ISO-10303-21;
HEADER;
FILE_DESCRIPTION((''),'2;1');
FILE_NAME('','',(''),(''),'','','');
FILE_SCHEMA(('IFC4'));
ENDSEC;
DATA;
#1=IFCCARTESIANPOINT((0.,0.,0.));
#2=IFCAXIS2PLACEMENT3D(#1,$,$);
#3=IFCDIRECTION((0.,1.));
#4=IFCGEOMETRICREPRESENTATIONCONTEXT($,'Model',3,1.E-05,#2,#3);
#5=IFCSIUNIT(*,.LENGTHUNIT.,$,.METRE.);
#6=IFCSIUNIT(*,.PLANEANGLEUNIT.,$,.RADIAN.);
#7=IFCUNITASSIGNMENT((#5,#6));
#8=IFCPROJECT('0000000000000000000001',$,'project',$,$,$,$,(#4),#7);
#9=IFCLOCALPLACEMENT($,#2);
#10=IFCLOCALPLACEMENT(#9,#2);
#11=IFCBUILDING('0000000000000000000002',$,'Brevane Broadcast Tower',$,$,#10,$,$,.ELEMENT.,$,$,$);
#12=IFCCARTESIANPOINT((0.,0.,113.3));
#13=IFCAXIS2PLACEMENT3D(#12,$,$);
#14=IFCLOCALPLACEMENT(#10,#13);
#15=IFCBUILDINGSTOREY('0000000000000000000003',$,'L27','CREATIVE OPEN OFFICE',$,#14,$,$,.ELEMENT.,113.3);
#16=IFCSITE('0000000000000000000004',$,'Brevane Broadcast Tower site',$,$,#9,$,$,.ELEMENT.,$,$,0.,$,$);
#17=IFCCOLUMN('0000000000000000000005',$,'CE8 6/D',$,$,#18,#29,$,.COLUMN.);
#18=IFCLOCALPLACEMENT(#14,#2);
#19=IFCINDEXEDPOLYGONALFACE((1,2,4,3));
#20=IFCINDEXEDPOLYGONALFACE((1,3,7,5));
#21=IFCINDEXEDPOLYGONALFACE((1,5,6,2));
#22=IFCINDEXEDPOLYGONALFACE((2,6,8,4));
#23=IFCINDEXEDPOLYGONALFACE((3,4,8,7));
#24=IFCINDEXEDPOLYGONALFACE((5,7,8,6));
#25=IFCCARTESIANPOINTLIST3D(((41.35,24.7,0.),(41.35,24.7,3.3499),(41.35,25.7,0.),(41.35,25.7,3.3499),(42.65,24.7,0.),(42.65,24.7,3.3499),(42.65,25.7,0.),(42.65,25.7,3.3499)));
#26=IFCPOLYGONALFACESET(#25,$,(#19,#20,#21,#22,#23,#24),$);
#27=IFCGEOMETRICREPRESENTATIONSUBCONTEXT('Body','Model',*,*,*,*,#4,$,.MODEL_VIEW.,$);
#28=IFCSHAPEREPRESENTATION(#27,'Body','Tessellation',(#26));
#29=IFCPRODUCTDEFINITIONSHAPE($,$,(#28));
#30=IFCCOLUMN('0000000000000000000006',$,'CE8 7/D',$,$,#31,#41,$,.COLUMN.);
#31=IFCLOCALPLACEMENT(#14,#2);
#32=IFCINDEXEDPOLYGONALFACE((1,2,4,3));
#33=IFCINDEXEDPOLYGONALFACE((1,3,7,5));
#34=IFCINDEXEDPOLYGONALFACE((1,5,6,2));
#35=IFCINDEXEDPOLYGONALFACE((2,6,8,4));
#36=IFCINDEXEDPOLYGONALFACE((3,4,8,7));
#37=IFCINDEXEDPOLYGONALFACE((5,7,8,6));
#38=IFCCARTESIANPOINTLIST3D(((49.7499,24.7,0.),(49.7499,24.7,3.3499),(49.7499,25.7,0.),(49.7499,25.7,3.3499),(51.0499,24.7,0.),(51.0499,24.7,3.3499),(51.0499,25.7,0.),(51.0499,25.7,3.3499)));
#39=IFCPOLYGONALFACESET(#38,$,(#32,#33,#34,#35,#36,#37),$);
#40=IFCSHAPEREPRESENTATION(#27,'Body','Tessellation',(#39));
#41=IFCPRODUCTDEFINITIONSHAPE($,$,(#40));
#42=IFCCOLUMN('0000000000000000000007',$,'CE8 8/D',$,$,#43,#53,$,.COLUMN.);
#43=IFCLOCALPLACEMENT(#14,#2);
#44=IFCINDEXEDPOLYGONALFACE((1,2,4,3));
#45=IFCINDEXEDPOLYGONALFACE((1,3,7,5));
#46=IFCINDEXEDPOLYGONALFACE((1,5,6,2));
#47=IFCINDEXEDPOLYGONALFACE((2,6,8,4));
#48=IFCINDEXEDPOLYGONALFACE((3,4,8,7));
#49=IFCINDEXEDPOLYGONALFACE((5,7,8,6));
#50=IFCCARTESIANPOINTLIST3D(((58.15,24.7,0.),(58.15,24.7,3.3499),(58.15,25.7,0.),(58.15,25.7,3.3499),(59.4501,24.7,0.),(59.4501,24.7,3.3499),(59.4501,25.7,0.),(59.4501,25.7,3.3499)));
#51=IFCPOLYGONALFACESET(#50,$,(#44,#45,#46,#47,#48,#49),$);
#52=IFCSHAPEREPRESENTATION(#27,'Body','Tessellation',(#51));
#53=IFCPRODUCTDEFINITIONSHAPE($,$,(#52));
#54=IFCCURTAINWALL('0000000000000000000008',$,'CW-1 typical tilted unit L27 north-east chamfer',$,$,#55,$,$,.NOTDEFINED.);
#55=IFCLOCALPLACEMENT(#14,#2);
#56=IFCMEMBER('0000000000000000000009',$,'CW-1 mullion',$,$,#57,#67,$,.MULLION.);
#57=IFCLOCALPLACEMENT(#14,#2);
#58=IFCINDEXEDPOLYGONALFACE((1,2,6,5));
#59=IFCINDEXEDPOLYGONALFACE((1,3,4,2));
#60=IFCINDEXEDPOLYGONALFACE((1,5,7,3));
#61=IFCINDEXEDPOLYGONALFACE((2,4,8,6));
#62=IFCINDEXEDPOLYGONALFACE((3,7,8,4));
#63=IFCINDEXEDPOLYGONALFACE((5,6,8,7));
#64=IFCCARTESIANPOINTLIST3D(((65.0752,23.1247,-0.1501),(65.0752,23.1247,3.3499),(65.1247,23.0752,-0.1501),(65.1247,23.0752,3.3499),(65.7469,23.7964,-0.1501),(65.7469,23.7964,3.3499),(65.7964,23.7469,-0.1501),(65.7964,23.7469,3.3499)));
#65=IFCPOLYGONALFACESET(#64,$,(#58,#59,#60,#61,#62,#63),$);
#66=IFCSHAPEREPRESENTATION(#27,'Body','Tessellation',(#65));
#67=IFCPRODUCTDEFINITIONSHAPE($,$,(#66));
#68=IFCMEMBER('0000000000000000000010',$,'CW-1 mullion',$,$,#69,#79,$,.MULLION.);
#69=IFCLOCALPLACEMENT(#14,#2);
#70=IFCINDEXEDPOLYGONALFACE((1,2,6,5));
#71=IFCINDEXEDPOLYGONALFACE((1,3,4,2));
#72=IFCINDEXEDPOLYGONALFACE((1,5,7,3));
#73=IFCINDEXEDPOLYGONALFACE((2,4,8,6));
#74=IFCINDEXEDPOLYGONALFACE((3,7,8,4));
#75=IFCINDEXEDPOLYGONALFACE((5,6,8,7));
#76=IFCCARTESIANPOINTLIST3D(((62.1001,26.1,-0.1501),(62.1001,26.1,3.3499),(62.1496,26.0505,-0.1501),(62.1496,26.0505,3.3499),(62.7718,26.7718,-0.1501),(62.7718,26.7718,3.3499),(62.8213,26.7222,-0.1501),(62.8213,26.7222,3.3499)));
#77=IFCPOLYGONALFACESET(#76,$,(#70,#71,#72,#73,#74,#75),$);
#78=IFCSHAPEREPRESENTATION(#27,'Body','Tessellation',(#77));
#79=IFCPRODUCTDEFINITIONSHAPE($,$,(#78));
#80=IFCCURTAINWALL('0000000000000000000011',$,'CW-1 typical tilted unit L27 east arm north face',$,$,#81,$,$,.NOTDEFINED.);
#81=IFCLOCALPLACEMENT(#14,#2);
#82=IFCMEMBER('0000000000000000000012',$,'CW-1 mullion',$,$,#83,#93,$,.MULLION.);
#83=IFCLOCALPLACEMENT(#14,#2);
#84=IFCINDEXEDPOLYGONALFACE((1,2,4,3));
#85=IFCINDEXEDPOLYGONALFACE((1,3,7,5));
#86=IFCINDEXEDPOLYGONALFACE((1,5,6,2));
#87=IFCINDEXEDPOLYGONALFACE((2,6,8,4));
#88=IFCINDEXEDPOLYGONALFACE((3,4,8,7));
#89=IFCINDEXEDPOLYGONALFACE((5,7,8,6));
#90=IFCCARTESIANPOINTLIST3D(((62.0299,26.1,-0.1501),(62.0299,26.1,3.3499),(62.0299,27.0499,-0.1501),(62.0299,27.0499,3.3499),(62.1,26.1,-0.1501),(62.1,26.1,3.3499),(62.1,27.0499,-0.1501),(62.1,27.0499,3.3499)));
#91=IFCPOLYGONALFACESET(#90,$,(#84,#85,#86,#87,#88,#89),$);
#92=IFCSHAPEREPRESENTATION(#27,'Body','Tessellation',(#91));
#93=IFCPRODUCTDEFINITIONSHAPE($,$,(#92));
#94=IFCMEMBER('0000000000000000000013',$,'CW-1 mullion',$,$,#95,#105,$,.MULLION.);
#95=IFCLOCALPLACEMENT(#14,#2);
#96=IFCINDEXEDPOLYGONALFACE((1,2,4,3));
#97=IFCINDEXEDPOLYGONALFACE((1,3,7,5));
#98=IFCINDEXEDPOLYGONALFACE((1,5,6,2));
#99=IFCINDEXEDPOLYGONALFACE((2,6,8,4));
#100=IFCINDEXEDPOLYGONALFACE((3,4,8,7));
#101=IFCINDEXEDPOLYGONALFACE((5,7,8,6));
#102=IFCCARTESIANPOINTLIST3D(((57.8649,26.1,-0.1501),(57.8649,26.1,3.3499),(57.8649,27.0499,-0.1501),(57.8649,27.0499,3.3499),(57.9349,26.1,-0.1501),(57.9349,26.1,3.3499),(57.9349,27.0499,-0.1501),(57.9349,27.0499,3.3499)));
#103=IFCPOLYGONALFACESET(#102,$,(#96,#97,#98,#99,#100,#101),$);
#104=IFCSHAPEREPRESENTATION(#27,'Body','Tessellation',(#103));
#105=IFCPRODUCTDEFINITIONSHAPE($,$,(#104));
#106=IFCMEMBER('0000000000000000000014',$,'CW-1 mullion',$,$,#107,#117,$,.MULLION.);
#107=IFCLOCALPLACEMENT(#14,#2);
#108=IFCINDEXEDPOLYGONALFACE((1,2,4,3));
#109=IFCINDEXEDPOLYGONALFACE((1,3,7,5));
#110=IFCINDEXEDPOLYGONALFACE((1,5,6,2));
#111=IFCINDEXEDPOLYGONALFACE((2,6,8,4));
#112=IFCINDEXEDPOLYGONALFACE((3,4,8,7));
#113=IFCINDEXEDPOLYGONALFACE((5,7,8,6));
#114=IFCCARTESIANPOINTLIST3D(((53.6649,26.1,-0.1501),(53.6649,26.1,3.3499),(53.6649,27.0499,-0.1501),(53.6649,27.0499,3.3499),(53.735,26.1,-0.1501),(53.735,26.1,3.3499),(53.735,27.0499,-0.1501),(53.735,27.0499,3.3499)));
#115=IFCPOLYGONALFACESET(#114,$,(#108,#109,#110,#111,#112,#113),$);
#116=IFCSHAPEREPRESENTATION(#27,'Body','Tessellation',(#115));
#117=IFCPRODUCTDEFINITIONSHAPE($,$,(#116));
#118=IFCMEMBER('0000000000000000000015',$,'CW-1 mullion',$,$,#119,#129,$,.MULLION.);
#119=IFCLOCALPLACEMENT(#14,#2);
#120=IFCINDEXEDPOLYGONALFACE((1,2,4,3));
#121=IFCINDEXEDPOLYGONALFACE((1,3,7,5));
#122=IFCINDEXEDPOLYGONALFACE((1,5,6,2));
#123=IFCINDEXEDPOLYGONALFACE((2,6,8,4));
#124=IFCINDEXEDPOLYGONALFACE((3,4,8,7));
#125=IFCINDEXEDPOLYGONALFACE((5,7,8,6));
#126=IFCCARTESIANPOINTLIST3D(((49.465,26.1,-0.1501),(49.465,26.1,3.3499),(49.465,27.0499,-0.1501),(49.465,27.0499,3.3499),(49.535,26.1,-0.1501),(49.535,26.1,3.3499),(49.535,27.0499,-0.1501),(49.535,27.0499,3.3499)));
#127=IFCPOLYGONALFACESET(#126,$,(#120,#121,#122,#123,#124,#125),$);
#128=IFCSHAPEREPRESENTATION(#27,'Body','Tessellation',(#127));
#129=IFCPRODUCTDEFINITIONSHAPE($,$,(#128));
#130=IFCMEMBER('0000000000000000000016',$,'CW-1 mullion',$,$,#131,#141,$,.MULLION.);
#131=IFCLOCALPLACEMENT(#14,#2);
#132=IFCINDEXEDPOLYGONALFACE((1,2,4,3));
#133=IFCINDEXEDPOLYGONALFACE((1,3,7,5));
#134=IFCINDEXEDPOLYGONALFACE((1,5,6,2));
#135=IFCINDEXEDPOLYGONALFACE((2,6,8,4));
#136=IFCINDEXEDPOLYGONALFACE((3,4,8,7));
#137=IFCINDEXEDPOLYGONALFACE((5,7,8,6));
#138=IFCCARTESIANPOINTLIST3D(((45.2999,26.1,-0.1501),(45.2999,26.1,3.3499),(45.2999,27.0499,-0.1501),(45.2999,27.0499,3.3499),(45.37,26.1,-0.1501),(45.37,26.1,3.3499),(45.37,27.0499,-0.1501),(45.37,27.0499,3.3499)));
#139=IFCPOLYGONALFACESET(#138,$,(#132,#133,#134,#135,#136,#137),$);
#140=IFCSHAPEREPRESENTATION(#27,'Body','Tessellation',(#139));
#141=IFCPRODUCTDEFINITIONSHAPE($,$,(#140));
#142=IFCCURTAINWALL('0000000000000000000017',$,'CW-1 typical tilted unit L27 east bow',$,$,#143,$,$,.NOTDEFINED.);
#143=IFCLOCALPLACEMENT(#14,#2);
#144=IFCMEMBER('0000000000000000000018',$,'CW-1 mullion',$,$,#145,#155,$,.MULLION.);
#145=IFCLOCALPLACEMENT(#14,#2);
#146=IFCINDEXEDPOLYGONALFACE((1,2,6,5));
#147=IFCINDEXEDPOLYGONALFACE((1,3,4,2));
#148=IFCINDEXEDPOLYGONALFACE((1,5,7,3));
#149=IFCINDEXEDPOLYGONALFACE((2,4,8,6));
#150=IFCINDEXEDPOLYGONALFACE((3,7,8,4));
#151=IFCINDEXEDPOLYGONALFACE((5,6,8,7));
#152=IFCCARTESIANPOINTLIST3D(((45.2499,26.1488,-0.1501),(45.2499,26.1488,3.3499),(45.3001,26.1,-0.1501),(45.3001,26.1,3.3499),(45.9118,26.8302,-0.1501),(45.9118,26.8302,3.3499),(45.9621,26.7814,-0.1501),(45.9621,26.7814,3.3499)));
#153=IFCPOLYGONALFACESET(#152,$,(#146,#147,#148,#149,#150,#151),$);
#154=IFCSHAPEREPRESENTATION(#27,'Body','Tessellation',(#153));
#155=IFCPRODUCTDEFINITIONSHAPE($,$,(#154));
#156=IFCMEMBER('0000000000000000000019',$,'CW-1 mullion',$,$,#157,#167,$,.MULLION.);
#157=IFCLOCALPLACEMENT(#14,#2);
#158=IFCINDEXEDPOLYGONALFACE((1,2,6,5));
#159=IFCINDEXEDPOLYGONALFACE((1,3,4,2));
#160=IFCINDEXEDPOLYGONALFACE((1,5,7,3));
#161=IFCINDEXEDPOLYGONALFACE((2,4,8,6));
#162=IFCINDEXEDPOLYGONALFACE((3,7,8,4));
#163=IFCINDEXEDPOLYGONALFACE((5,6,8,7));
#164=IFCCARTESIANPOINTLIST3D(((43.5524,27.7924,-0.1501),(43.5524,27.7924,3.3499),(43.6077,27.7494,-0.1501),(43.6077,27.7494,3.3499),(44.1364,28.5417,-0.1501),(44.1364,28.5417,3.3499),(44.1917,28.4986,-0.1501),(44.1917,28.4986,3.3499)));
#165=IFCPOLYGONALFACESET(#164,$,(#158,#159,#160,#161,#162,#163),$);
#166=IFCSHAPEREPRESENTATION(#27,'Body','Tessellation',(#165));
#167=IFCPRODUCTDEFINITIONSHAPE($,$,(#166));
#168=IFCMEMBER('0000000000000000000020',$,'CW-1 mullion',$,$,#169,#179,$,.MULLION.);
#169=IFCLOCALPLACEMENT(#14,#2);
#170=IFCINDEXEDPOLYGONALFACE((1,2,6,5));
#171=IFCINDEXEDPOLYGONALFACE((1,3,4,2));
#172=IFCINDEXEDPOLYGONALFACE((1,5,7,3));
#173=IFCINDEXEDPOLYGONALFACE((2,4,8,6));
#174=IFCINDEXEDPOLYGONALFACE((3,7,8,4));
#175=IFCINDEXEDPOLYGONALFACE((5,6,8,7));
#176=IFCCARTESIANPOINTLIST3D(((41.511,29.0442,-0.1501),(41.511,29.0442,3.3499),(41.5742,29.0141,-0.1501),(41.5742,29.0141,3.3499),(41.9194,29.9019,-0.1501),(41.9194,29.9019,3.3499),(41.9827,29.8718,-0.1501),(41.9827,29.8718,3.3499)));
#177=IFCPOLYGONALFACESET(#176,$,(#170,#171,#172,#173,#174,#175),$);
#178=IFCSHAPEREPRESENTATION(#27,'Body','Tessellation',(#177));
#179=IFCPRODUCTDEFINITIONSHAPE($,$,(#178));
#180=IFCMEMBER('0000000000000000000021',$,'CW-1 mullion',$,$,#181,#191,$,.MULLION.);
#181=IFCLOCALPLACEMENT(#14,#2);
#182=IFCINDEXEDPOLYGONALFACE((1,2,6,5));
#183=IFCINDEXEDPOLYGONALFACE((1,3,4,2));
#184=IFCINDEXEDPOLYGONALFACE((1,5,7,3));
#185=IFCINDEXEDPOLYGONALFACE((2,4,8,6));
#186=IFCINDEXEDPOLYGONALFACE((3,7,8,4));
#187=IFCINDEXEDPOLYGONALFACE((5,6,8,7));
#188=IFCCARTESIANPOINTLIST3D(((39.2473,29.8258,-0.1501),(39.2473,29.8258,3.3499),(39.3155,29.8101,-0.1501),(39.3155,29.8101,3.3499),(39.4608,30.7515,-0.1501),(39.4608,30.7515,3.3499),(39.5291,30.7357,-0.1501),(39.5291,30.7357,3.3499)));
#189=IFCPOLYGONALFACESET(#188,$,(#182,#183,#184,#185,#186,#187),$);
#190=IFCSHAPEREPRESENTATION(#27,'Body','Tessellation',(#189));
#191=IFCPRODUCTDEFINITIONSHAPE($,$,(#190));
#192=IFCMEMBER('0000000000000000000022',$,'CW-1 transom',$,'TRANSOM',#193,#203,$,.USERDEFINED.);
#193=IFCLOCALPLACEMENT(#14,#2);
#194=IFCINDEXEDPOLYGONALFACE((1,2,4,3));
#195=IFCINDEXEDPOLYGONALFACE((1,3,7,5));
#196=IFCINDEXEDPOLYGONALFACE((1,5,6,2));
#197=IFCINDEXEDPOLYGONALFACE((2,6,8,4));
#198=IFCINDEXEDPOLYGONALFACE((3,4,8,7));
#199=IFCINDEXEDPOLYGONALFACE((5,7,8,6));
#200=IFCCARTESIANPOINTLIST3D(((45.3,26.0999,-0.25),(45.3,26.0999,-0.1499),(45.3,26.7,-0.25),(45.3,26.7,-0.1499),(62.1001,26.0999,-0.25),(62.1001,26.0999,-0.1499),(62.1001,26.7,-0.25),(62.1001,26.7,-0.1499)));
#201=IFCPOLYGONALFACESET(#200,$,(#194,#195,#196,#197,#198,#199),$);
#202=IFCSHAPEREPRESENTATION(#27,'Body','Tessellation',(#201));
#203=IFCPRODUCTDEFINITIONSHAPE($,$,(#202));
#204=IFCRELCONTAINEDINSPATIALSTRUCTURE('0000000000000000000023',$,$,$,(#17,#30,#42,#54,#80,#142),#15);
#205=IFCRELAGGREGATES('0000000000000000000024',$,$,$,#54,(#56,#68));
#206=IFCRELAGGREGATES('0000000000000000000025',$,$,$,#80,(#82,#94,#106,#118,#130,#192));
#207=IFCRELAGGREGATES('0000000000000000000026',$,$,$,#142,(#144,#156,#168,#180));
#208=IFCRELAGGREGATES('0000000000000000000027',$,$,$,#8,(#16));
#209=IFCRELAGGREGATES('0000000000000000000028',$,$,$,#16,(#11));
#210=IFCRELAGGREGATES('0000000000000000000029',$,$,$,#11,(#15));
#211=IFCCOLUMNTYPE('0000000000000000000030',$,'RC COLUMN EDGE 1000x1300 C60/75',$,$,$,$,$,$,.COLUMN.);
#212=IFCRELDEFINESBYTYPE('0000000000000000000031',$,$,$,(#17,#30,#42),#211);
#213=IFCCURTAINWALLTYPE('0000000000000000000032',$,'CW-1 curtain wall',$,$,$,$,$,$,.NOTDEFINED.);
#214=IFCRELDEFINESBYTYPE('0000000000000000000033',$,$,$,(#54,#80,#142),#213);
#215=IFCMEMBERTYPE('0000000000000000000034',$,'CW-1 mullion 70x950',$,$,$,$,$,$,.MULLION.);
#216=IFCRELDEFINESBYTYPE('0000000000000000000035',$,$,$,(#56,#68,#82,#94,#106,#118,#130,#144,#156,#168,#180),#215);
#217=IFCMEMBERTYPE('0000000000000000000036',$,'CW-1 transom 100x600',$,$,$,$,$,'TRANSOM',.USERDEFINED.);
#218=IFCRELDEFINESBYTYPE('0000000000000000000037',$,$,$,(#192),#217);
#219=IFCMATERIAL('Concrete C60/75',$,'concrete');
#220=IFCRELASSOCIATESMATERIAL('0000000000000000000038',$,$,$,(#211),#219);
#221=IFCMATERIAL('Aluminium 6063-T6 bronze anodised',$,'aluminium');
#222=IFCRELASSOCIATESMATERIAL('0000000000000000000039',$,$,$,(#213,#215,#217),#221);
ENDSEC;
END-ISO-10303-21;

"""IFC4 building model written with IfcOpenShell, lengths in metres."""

from ifc_helpers import new_model, si_unit, direction, frame, origin, origin_2d, place, context, subcontext, project, spatial, rectangle, extrude, material, material_profile, profile_set, type_object, element, aggregate, save


model = new_model("IFC4")

# Units and contexts
model_context = context("Model", 3, precision=1e-05, world=origin(), true_north=direction((0.0, 1.0)))
body_context = subcontext(model_context, "Body", "Model", "MODEL_VIEW")
ifc_project = project(units=[si_unit("LENGTHUNIT", "METRE"), si_unit("PLANEANGLEUNIT", "RADIAN")], contexts=[model_context])

# Site, building, storey
site_placement = place(None, origin())
site = spatial("IfcSite", under=ifc_project, at=site_placement, Name="Brevane Broadcast Tower site", CompositionType="ELEMENT", RefElevation=0.0)
building_placement = place(site_placement, origin())
building = spatial("IfcBuilding", under=site, at=building_placement, Name="Brevane Broadcast Tower", CompositionType="ELEMENT")
storey_placement = place(building_placement, frame((0.0, 0.0, 113.3)))
storey = spatial("IfcBuildingStorey", under=building, at=storey_placement, Name="L27", Description="CREATIVE OPEN OFFICE", CompositionType="ELEMENT", Elevation=113.3)

# Columns
ifc_material_1 = material(Name="Concrete C60/75", Category="concrete")
ifc_material_profile_1 = material_profile(ifc_material_1, rectangle(XDim=1.0, YDim=1.3, at=origin_2d()), Name="RC 1000x1300")
ifc_profile_set_1 = profile_set([ifc_material_profile_1], Name="Concrete C60/75")
column_type = type_object("IfcColumnType", Name="RC COLUMN EDGE 1000x1300 C60/75", PredefinedType="COLUMN", material=ifc_profile_set_1)
for number, where, z_axis, x_axis, name in (
    (1, (42.0, 25.2, 0.0), (0.0, 0.0, 1.0), (0.0, 1.0, 0.0), "CE8 6/D"),
    (2, (50.3999, 25.2, 0.0), (0.0, 0.0, 1.0), (0.0, 1.0, 0.0), "CE8 7/D"),
    (3, (58.8, 25.2, 0.0), (0.0, 0.0, 1.0), (0.0, 1.0, 0.0), "CE8 8/D"),
):
    element("IfcColumn", number, at=place(storey_placement, frame(where, z_axis=z_axis, x_axis=x_axis)), inside=storey, type_object=column_type, Name=name, PredefinedType="COLUMN", context=body_context, shape_type="SweptSolid", body=[
        extrude(rectangle(XDim=1.0, YDim=1.3, at=origin_2d()), origin(), (0.0, 0.0, 1.0), 3.3499),
    ])

# Curtain walls, members
ifc_material_2 = material(Name="Aluminium 6063-T6 bronze anodised", Category="aluminium")
curtain_wall_type = type_object("IfcCurtainWallType", Name="CW-1 curtain wall", PredefinedType="NOTDEFINED", material=ifc_material_2)
curtain_wall_1_placement = place(storey_placement, origin())
curtain_wall_1 = element("IfcCurtainWall", 4, at=curtain_wall_1_placement, inside=storey, type_object=curtain_wall_type, Name="CW-1 typical tilted unit L27 north-east chamfer", PredefinedType="NOTDEFINED")
ifc_material_profile_2 = material_profile(ifc_material_2, rectangle(XDim=0.95, YDim=0.0701, at=origin_2d()), Name="RECT 70x950")
ifc_profile_set_2 = profile_set([ifc_material_profile_2], Name="Aluminium 6063-T6 bronze anodised")
member_type_1 = type_object("IfcMemberType", Name="CW-1 mullion 70x950", PredefinedType="MULLION", material=ifc_profile_set_2)
member_1_placement = place(storey_placement, frame((65.4358, 23.4358, -0.1501), z_axis=(0.0, 0.0, 1.0), x_axis=(-0.707107, -0.707107, 0.0)))
member_1 = element("IfcMember", 5, at=member_1_placement, type_object=member_type_1, Name="CW-1 mullion", PredefinedType="MULLION", context=body_context, shape_type="SweptSolid", body=[
    extrude(rectangle(XDim=0.95, YDim=0.0701, at=origin_2d()), origin(), (0.0, 0.0, 1.0), 3.5),
])
member_2_placement = place(storey_placement, frame((62.4607, 26.4111, -0.1501), z_axis=(0.0, 0.0, 1.0), x_axis=(-0.707107, -0.707107, 0.0)))
member_2 = element("IfcMember", 6, at=member_2_placement, type_object=member_type_1, Name="CW-1 mullion", PredefinedType="MULLION", context=body_context, shape_type="SweptSolid", body=[
    extrude(rectangle(XDim=0.95, YDim=0.0701, at=origin_2d()), origin(), (0.0, 0.0, 1.0), 3.5),
])
aggregate(curtain_wall_1, [member_1, member_2])
curtain_wall_2_placement = place(storey_placement, origin())
curtain_wall_2 = element("IfcCurtainWall", 7, at=curtain_wall_2_placement, inside=storey, type_object=curtain_wall_type, Name="CW-1 typical tilted unit L27 east arm north face", PredefinedType="NOTDEFINED")
member_3_placement = place(storey_placement, frame((62.0649, 26.575, -0.1501), z_axis=(0.0, 0.0, 1.0), x_axis=(0.0, -1.0, 0.0)))
member_3 = element("IfcMember", 8, at=member_3_placement, type_object=member_type_1, Name="CW-1 mullion", PredefinedType="MULLION", context=body_context, shape_type="SweptSolid", body=[
    extrude(rectangle(XDim=0.95, YDim=0.0701, at=origin_2d()), origin(), (0.0, 0.0, 1.0), 3.5),
])
member_4_placement = place(storey_placement, frame((57.8999, 26.575, -0.1501), z_axis=(0.0, 0.0, 1.0), x_axis=(0.0, -1.0, 0.0)))
member_4 = element("IfcMember", 9, at=member_4_placement, type_object=member_type_1, Name="CW-1 mullion", PredefinedType="MULLION", context=body_context, shape_type="SweptSolid", body=[
    extrude(rectangle(XDim=0.95, YDim=0.0701, at=origin_2d()), origin(), (0.0, 0.0, 1.0), 3.5),
])
member_5_placement = place(storey_placement, frame((53.7, 26.575, -0.1501), z_axis=(0.0, 0.0, 1.0), x_axis=(0.0, -1.0, 0.0)))
member_5 = element("IfcMember", 10, at=member_5_placement, type_object=member_type_1, Name="CW-1 mullion", PredefinedType="MULLION", context=body_context, shape_type="SweptSolid", body=[
    extrude(rectangle(XDim=0.95, YDim=0.0701, at=origin_2d()), origin(), (0.0, 0.0, 1.0), 3.5),
])
member_6_placement = place(storey_placement, frame((49.5, 26.575, -0.1501), z_axis=(0.0, 0.0, 1.0), x_axis=(0.0, -1.0, 0.0)))
member_6 = element("IfcMember", 11, at=member_6_placement, type_object=member_type_1, Name="CW-1 mullion", PredefinedType="MULLION", context=body_context, shape_type="SweptSolid", body=[
    extrude(rectangle(XDim=0.95, YDim=0.0701, at=origin_2d()), origin(), (0.0, 0.0, 1.0), 3.5),
])
member_7_placement = place(storey_placement, frame((45.335, 26.575, -0.1501), z_axis=(0.0, 0.0, 1.0), x_axis=(0.0, -1.0, 0.0)))
member_7 = element("IfcMember", 12, at=member_7_placement, type_object=member_type_1, Name="CW-1 mullion", PredefinedType="MULLION", context=body_context, shape_type="SweptSolid", body=[
    extrude(rectangle(XDim=0.95, YDim=0.0701, at=origin_2d()), origin(), (0.0, 0.0, 1.0), 3.5),
])
curtain_wall_3_placement = place(storey_placement, origin())
curtain_wall_3 = element("IfcCurtainWall", 13, at=curtain_wall_3_placement, inside=storey, type_object=curtain_wall_type, Name="CW-1 typical tilted unit L27 east bow", PredefinedType="NOTDEFINED")
member_8_placement = place(storey_placement, frame((45.606, 26.4651, -0.1501), z_axis=(0.0, 0.0, 1.0), x_axis=(-0.696812, -0.717254, 0.0)))
member_8 = element("IfcMember", 14, at=member_8_placement, type_object=member_type_1, Name="CW-1 mullion", PredefinedType="MULLION", context=body_context, shape_type="SweptSolid", body=[
    extrude(rectangle(XDim=0.95, YDim=0.0701, at=origin_2d()), origin(), (0.0, 0.0, 1.0), 3.5),
])
member_9_placement = place(storey_placement, frame((43.8721, 28.1455, -0.1501), z_axis=(0.0, 0.0, 1.0), x_axis=(-0.61477, -0.788707, 0.0)))
member_9 = element("IfcMember", 15, at=member_9_placement, type_object=member_type_1, Name="CW-1 mullion", PredefinedType="MULLION", context=body_context, shape_type="SweptSolid", body=[
    extrude(rectangle(XDim=0.95, YDim=0.0701, at=origin_2d()), origin(), (0.0, 0.0, 1.0), 3.5),
])
member_10_placement = place(storey_placement, frame((41.7468, 29.458, -0.1501), z_axis=(0.0, 0.0, 1.0), x_axis=(-0.429934, -0.902861, 0.0)))
member_10 = element("IfcMember", 16, at=member_10_placement, type_object=member_type_1, Name="CW-1 mullion", PredefinedType="MULLION", context=body_context, shape_type="SweptSolid", body=[
    extrude(rectangle(XDim=0.95, YDim=0.0701, at=origin_2d()), origin(), (0.0, 0.0, 1.0), 3.5),
])
member_11_placement = place(storey_placement, frame((39.3882, 30.2808, -0.1501), z_axis=(0.0, 0.0, 1.0), x_axis=(-0.224806, -0.974403, 0.0)))
member_11 = element("IfcMember", 17, at=member_11_placement, type_object=member_type_1, Name="CW-1 mullion", PredefinedType="MULLION", context=body_context, shape_type="SweptSolid", body=[
    extrude(rectangle(XDim=0.95, YDim=0.0701, at=origin_2d()), origin(), (0.0, 0.0, 1.0), 3.5),
])

# Member
ifc_material_profile_3 = material_profile(ifc_material_2, rectangle(XDim=0.6001, YDim=0.1001, at=origin_2d()), Name="RECT 100x600")
ifc_profile_set_3 = profile_set([ifc_material_profile_3], Name="Aluminium 6063-T6 bronze anodised")
member_type_2 = type_object("IfcMemberType", Name="CW-1 transom 100x600", ElementType="TRANSOM", PredefinedType="USERDEFINED", material=ifc_profile_set_3)
member_12_placement = place(storey_placement, frame((62.1001, 26.3999, -0.2), z_axis=(-1.0, 0.0, 0.0), x_axis=(0.0, -1.0, 0.0)))
member_12 = element("IfcMember", 18, at=member_12_placement, type_object=member_type_2, Name="CW-1 transom", ObjectType="TRANSOM", PredefinedType="USERDEFINED", context=body_context, shape_type="SweptSolid", body=[
    extrude(rectangle(XDim=0.6001, YDim=0.1001, at=origin_2d()), origin(), (0.0, 0.0, 1.0), 16.8),
])
aggregate(curtain_wall_2, [member_3, member_4, member_5, member_6, member_7, member_12])
aggregate(curtain_wall_3, [member_8, member_9, member_10, member_11])

save(model, "model.ifc")
